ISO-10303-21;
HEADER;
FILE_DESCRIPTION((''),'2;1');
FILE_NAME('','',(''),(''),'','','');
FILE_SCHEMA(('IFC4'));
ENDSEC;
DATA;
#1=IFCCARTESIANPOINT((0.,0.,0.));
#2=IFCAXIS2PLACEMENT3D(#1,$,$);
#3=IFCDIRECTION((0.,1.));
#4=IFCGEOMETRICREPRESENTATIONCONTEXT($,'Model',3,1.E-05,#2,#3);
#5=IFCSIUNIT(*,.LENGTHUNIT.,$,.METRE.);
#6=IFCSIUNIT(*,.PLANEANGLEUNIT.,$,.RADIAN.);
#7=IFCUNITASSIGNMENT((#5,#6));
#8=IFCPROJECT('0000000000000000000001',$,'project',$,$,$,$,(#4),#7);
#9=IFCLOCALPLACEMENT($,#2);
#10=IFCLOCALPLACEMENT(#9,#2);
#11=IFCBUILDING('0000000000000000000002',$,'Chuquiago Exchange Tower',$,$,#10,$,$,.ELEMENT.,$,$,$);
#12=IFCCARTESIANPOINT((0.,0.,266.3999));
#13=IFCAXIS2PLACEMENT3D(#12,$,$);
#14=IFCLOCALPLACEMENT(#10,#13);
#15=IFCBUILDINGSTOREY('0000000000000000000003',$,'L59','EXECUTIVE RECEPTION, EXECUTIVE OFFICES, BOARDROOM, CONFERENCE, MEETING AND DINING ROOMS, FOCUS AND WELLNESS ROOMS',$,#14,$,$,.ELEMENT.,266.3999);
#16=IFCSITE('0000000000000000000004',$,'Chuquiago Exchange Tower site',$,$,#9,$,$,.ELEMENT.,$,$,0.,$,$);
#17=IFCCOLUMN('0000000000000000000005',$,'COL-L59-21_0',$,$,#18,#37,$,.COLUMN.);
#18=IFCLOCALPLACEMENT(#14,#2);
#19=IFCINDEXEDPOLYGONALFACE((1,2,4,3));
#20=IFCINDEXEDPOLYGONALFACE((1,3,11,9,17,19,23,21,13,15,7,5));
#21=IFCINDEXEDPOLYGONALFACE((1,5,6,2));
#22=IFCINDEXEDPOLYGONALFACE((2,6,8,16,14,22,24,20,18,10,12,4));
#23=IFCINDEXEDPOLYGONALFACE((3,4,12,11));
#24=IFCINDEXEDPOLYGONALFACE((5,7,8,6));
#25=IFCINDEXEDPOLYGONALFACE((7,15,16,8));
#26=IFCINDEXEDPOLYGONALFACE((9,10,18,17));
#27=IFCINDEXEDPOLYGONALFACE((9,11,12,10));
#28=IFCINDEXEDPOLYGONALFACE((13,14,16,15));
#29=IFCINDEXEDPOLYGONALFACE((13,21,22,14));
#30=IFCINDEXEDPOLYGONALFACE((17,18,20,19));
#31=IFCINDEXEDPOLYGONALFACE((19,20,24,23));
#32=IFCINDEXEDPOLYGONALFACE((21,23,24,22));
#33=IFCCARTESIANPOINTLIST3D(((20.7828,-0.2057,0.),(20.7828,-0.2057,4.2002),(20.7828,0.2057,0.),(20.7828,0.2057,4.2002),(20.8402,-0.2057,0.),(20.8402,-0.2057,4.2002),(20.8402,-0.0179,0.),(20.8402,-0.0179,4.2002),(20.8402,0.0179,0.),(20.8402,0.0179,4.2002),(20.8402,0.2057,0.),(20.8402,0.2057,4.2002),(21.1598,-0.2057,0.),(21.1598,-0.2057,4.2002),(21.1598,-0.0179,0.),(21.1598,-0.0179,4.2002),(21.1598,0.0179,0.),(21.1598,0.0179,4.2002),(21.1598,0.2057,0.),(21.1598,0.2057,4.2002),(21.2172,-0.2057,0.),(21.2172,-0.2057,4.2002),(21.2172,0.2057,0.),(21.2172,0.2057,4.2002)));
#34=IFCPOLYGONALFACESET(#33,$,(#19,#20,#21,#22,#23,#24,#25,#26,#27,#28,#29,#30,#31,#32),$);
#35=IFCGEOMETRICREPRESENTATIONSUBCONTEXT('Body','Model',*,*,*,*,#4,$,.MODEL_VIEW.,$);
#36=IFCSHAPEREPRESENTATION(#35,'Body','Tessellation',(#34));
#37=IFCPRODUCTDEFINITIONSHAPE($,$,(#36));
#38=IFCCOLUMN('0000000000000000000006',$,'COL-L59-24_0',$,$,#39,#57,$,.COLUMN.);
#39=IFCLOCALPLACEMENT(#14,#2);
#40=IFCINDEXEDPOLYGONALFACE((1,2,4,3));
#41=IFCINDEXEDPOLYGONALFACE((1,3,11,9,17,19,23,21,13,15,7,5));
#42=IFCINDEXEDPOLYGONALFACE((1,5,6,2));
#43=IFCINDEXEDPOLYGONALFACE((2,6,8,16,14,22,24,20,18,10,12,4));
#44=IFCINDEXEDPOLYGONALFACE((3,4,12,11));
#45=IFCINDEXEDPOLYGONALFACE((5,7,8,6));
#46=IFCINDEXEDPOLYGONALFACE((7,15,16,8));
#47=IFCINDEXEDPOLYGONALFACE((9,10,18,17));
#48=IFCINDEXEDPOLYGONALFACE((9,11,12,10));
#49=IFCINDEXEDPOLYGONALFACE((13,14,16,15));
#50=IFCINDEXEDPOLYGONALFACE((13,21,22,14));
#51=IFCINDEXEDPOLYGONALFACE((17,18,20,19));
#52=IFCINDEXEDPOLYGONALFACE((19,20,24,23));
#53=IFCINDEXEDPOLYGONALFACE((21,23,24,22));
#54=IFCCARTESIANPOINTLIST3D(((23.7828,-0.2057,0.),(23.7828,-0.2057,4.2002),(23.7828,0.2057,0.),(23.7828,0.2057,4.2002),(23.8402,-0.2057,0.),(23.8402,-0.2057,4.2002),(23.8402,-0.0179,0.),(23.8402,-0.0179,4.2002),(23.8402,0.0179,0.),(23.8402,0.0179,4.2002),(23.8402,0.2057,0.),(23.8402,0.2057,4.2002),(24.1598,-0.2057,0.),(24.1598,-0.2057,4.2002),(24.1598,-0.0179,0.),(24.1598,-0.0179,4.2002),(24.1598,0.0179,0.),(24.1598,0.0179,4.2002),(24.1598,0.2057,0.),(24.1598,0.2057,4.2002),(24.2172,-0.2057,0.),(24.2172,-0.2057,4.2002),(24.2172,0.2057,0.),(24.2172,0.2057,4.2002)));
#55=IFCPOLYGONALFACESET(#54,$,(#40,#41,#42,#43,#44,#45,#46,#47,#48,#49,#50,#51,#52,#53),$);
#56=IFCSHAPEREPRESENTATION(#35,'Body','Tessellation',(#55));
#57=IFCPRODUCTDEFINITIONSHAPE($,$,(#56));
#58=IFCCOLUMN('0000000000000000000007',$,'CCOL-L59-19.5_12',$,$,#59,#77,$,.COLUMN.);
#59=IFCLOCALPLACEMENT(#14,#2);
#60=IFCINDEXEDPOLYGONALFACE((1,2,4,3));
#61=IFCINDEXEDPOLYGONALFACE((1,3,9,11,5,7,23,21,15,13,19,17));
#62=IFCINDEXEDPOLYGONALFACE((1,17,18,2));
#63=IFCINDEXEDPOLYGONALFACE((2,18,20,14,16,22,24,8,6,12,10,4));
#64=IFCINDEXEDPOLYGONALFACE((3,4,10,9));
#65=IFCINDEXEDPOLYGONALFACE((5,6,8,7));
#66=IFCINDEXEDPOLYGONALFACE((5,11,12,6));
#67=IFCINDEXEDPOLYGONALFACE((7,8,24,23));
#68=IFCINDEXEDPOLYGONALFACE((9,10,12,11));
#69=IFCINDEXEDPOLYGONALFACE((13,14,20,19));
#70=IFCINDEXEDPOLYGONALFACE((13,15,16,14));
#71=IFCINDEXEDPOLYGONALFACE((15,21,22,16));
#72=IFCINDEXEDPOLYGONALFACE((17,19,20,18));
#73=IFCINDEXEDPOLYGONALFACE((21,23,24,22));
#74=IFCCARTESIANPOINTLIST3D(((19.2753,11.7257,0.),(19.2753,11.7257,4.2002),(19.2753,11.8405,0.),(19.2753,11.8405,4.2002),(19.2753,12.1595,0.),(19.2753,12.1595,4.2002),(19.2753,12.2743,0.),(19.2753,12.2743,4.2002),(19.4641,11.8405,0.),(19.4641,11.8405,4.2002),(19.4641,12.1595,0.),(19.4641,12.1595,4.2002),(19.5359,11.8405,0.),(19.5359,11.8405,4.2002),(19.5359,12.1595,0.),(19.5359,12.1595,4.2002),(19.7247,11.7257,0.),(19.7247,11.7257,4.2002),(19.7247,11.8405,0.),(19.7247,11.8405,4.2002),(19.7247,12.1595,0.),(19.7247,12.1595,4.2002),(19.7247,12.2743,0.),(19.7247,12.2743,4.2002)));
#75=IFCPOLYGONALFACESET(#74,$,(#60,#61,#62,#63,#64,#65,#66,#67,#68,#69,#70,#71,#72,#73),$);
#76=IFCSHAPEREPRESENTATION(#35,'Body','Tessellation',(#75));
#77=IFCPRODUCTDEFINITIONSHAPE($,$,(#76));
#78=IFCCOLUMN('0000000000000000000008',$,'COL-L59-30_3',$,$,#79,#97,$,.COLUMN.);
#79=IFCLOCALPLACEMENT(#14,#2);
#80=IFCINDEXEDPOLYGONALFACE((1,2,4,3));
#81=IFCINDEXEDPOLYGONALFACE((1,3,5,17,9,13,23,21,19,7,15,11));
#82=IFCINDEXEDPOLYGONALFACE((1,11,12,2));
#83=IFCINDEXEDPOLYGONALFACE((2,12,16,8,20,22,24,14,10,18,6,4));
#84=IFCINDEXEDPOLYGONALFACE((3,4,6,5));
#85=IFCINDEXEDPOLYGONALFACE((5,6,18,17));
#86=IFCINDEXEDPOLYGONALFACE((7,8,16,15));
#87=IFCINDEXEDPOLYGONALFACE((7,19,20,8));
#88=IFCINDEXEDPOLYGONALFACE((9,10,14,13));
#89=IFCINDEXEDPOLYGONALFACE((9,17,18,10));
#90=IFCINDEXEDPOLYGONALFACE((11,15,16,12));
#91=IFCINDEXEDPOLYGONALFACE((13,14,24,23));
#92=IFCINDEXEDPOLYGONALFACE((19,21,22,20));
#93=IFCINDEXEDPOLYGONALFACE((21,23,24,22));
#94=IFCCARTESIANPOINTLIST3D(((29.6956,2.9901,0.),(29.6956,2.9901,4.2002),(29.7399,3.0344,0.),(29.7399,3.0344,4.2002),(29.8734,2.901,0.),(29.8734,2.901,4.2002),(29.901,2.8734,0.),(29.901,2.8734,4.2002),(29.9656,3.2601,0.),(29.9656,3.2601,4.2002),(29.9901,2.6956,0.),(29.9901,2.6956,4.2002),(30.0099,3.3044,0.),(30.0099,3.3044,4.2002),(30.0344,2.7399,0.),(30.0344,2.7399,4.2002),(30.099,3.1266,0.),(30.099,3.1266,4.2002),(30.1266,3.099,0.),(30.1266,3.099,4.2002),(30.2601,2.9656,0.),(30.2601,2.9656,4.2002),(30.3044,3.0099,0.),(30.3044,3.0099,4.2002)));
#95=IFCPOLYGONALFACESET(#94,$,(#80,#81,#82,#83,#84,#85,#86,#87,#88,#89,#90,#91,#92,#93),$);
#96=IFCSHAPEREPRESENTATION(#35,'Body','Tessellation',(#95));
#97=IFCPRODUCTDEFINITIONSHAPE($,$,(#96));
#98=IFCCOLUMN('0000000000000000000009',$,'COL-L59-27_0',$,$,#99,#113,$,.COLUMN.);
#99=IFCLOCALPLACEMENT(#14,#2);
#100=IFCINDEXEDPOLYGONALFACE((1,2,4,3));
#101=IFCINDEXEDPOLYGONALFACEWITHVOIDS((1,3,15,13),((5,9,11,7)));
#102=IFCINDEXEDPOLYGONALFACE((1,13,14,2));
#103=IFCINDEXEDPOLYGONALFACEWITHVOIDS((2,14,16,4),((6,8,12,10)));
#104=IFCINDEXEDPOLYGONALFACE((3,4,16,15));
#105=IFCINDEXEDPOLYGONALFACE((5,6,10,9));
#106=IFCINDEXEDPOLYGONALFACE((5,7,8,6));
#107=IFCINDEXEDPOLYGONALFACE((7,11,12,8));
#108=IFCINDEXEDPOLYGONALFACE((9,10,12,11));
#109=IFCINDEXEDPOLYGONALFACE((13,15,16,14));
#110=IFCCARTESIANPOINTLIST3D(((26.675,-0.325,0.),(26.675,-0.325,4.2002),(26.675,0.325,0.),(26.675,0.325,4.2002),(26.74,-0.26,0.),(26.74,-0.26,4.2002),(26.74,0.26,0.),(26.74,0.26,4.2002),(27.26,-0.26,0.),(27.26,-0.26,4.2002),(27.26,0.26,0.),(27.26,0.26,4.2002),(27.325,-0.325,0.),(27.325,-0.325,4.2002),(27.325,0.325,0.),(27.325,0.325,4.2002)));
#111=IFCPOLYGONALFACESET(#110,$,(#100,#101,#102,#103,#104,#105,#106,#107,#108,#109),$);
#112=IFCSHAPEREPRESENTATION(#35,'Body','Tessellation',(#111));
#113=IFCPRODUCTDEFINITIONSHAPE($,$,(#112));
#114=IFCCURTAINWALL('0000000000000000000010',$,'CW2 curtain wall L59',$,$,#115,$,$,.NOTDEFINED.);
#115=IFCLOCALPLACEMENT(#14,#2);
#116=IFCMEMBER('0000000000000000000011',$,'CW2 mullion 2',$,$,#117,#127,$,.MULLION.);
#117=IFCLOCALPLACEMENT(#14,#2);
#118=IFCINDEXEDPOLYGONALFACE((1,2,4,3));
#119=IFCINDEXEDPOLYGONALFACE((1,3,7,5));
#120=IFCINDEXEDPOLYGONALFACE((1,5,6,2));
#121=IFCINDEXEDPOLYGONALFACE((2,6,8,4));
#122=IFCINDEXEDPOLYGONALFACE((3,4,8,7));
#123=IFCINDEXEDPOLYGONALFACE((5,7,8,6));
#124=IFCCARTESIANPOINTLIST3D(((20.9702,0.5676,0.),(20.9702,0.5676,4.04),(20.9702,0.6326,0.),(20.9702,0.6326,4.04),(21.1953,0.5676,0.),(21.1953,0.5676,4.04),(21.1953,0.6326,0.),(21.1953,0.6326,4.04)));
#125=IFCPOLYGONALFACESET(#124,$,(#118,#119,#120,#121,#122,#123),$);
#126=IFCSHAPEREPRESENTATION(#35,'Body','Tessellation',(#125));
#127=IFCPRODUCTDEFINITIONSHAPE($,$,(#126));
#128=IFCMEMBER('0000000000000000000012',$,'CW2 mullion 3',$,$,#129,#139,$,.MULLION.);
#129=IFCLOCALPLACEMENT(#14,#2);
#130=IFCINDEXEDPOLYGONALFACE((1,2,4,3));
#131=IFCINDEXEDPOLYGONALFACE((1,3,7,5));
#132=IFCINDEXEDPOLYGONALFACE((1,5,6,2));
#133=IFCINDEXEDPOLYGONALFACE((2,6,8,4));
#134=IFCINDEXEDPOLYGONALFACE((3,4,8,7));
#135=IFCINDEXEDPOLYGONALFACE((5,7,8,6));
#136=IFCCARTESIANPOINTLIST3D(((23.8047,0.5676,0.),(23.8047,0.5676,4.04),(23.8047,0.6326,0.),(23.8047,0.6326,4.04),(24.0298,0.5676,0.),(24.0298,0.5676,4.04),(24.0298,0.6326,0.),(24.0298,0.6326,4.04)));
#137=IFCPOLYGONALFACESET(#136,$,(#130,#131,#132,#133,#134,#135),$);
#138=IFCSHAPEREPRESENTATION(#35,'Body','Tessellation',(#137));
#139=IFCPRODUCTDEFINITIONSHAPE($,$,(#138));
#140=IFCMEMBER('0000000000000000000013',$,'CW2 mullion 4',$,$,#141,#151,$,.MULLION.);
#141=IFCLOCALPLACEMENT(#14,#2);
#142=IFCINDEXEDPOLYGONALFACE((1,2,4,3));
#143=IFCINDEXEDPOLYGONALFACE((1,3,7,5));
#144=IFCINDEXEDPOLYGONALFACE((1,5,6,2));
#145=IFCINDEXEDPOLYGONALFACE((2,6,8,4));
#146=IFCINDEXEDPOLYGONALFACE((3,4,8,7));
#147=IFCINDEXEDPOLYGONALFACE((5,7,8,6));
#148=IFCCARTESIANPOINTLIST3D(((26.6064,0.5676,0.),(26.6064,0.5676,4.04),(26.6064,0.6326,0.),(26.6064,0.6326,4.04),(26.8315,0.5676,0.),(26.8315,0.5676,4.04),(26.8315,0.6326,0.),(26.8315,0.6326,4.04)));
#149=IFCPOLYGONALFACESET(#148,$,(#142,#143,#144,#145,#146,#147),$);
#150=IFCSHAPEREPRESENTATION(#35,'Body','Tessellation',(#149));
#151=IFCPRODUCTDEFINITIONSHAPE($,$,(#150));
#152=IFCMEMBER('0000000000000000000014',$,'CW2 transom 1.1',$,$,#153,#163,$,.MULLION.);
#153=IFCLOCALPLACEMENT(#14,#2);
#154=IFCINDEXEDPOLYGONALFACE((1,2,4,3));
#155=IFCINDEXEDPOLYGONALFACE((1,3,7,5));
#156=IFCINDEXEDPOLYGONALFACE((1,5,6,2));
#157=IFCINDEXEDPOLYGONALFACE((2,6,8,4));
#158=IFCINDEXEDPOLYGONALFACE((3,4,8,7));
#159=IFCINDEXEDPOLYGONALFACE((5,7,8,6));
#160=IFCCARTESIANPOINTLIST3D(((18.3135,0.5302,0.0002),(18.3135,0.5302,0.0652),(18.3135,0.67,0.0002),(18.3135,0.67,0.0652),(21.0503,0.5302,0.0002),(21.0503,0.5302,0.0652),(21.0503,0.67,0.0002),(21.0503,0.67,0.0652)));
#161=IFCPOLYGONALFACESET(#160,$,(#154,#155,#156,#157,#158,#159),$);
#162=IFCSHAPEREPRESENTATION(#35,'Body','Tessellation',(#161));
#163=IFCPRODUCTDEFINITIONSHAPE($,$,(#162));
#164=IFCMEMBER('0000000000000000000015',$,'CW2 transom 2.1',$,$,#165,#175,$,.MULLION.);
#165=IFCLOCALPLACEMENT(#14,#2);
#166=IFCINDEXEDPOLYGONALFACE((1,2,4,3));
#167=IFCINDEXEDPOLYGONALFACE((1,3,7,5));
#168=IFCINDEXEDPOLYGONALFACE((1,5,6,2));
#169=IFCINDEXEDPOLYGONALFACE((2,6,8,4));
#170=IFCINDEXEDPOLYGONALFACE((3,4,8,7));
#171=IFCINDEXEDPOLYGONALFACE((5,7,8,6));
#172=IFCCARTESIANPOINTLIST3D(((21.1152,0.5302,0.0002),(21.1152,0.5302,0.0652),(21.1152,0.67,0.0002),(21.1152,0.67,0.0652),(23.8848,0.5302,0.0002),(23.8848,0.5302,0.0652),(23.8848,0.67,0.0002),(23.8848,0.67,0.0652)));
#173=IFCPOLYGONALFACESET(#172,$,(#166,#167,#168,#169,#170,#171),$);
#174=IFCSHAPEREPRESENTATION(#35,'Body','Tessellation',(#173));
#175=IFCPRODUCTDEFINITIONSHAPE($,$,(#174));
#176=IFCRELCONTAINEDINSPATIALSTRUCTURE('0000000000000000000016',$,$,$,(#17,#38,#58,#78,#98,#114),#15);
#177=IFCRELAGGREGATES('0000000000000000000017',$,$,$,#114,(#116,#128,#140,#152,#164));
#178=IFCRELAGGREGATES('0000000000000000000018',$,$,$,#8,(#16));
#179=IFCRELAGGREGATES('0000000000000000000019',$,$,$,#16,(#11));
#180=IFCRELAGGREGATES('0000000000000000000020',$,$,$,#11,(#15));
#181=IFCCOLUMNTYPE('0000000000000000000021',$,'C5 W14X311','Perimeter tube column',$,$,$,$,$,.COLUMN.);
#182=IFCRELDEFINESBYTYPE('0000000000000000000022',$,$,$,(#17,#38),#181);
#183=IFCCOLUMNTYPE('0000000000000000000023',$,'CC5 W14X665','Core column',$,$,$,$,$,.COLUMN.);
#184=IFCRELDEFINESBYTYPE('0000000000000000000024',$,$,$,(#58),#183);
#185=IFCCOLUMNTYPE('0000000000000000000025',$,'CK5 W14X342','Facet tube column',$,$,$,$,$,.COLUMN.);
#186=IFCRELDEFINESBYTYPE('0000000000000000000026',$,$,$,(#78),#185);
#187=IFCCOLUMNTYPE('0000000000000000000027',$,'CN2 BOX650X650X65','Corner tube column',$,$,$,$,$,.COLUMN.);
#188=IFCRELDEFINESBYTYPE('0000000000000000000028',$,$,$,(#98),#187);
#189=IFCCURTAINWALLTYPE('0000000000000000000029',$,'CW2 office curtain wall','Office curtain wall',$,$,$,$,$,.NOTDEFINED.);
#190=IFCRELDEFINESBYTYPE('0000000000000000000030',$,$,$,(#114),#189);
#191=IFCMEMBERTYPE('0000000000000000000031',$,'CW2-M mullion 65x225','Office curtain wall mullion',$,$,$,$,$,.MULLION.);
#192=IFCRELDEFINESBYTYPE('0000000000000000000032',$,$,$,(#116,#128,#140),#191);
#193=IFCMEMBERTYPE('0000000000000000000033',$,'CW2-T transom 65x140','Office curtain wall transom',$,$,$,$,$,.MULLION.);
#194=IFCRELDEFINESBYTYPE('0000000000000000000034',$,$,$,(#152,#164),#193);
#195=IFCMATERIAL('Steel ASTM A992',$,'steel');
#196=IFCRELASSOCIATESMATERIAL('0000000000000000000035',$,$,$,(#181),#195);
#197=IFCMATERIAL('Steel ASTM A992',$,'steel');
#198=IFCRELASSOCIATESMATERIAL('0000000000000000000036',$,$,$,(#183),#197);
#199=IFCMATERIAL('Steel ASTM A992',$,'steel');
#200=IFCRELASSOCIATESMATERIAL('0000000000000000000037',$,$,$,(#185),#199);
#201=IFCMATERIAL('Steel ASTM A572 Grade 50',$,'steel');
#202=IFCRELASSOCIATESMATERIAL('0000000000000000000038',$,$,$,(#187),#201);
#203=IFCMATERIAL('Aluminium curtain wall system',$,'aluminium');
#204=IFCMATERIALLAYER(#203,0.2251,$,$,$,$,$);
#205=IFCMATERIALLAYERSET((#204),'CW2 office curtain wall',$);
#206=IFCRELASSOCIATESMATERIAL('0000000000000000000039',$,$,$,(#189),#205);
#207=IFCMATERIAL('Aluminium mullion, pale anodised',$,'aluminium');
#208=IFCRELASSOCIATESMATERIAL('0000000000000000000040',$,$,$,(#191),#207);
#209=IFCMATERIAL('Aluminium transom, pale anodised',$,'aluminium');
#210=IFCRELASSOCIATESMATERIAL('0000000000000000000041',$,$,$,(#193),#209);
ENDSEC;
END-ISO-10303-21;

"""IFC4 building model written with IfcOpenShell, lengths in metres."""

from ifc_helpers import new_model, si_unit, direction, frame, origin, origin_2d, place, context, subcontext, project, spatial, rectangle, hollow_rectangle, i_section, extrude, material, layer, layer_set, material_profile, profile_set, type_object, element, aggregate, save


model = new_model("IFC4")

# Units and contexts
model_context = context("Model", 3, precision=1e-05, world=origin(), true_north=direction((0.0, 1.0)))
body_context = subcontext(model_context, "Body", "Model", "MODEL_VIEW")
ifc_project = project(units=[si_unit("LENGTHUNIT", "METRE"), si_unit("PLANEANGLEUNIT", "RADIAN")], contexts=[model_context])

# Site, building, storey
site_placement = place(None, origin())
site = spatial("IfcSite", under=ifc_project, at=site_placement, Name="Chuquiago Exchange Tower site", CompositionType="ELEMENT", RefElevation=0.0)
building_placement = place(site_placement, origin())
building = spatial("IfcBuilding", under=site, at=building_placement, Name="Chuquiago Exchange Tower", CompositionType="ELEMENT")
storey_placement = place(building_placement, frame((0.0, 0.0, 266.3999)))
storey = spatial("IfcBuildingStorey", under=building, at=storey_placement, Name="L59", Description="EXECUTIVE RECEPTION, EXECUTIVE OFFICES, BOARDROOM, CONFERENCE, MEETING AND DINING ROOMS, FOCUS AND WELLNESS ROOMS", CompositionType="ELEMENT", Elevation=266.3999)

# Columns
ifc_material_1 = material(Name="Steel ASTM A992", Category="steel")
ifc_material_profile_1 = material_profile(ifc_material_1, i_section(OverallWidth=0.4114, OverallDepth=0.4343, WebThickness=0.0359, FlangeThickness=0.0574, at=origin_2d()), Name="W14X311")
ifc_profile_set_1 = profile_set([ifc_material_profile_1], Name="Steel ASTM A992")
column_type_1 = type_object("IfcColumnType", Name="C5 W14X311", Description="Perimeter tube column", PredefinedType="COLUMN", material=ifc_profile_set_1)
for number, where, z_axis, x_axis, name in (
    (1, (21.0, 0.0, 0.0), (0.0, 0.0, 1.0), (0.0, -1.0, 0.0), "COL-L59-21_0"),
    (2, (24.0, 0.0, 0.0), (0.0, 0.0, 1.0), (0.0, -1.0, 0.0), "COL-L59-24_0"),
):
    element("IfcColumn", number, at=place(storey_placement, frame(where, z_axis=z_axis, x_axis=x_axis)), inside=storey, type_object=column_type_1, Name=name, PredefinedType="COLUMN", context=body_context, shape_type="SweptSolid", body=[
        extrude(i_section(OverallWidth=0.4114, OverallDepth=0.4343, WebThickness=0.0359, FlangeThickness=0.0574, at=origin_2d()), origin(), (0.0, 0.0, 1.0), 4.2002),
    ])
ifc_material_2 = material(Name="Steel ASTM A992", Category="steel")
ifc_material_profile_2 = material_profile(ifc_material_2, i_section(OverallWidth=0.4495, OverallDepth=0.5486, WebThickness=0.0718, FlangeThickness=0.1147, at=origin_2d()), Name="W14X665")
ifc_profile_set_2 = profile_set([ifc_material_profile_2], Name="Steel ASTM A992")
column_type_2 = type_object("IfcColumnType", Name="CC5 W14X665", Description="Core column", PredefinedType="COLUMN", material=ifc_profile_set_2)
column_1_placement = place(storey_placement, frame((19.5, 12.0, 0.0), z_axis=(0.0, 0.0, 1.0), x_axis=(1.0, 0.0, 0.0)))
element("IfcColumn", 3, at=column_1_placement, inside=storey, type_object=column_type_2, Name="CCOL-L59-19.5_12", PredefinedType="COLUMN", context=body_context, shape_type="SweptSolid", body=[
    extrude(i_section(OverallWidth=0.4495, OverallDepth=0.5486, WebThickness=0.0718, FlangeThickness=0.1147, at=origin_2d()), origin(), (0.0, 0.0, 1.0), 4.2002),
])
ifc_material_3 = material(Name="Steel ASTM A992", Category="steel")
ifc_material_profile_3 = material_profile(ifc_material_3, i_section(OverallWidth=0.4165, OverallDepth=0.4446, WebThickness=0.0391, FlangeThickness=0.0627, at=origin_2d()), Name="W14X342")
ifc_profile_set_3 = profile_set([ifc_material_profile_3], Name="Steel ASTM A992")
column_type_3 = type_object("IfcColumnType", Name="CK5 W14X342", Description="Facet tube column", PredefinedType="COLUMN", material=ifc_profile_set_3)
column_2_placement = place(storey_placement, frame((30.0, 3.0, 0.0), z_axis=(0.0, 0.0, 1.0), x_axis=(0.707107, -0.707107, 0.0)))
element("IfcColumn", 4, at=column_2_placement, inside=storey, type_object=column_type_3, Name="COL-L59-30_3", PredefinedType="COLUMN", context=body_context, shape_type="SweptSolid", body=[
    extrude(i_section(OverallWidth=0.4165, OverallDepth=0.4446, WebThickness=0.0391, FlangeThickness=0.0627, at=origin_2d()), origin(), (0.0, 0.0, 1.0), 4.2002),
])
ifc_material_4 = material(Name="Steel ASTM A572 Grade 50", Category="steel")
ifc_material_profile_4 = material_profile(ifc_material_4, hollow_rectangle(XDim=0.6499, YDim=0.6499, WallThickness=0.0649, at=origin_2d()), Name="BOX650X650X65")
ifc_profile_set_4 = profile_set([ifc_material_profile_4], Name="Steel ASTM A572 Grade 50")
column_type_4 = type_object("IfcColumnType", Name="CN2 BOX650X650X65", Description="Corner tube column", PredefinedType="COLUMN", material=ifc_profile_set_4)
column_3_placement = place(storey_placement, frame((27.0, 0.0, 0.0), z_axis=(0.0, 0.0, 1.0), x_axis=(0.0, -1.0, 0.0)))
element("IfcColumn", 5, at=column_3_placement, inside=storey, type_object=column_type_4, Name="COL-L59-27_0", PredefinedType="COLUMN", context=body_context, shape_type="SweptSolid", body=[
    extrude(hollow_rectangle(XDim=0.6499, YDim=0.6499, WallThickness=0.0649, at=origin_2d()), origin(), (0.0, 0.0, 1.0), 4.2002),
])

# Curtain wall, members
ifc_material_5 = material(Name="Aluminium curtain wall system", Category="aluminium")
ifc_layer_1 = layer(ifc_material_5, 0.2251)
ifc_layer_set_1 = layer_set([ifc_layer_1], Name="CW2 office curtain wall")
curtain_wall_type_1 = type_object("IfcCurtainWallType", Name="CW2 office curtain wall", Description="Office curtain wall", PredefinedType="NOTDEFINED", material=ifc_layer_set_1)
curtain_wall_1_placement = place(storey_placement, origin())
curtain_wall_1 = element("IfcCurtainWall", 6, at=curtain_wall_1_placement, inside=storey, type_object=curtain_wall_type_1, Name="CW2 curtain wall L59", PredefinedType="NOTDEFINED")
ifc_material_6 = material(Name="Aluminium mullion, pale anodised", Category="aluminium")
ifc_material_profile_5 = material_profile(ifc_material_6, rectangle(XDim=0.0649, YDim=0.2251, at=origin_2d()), Name="AL 65x225")
ifc_profile_set_5 = profile_set([ifc_material_profile_5], Name="Aluminium mullion, pale anodised")
member_type_1 = type_object("IfcMemberType", Name="CW2-M mullion 65x225", Description="Office curtain wall mullion", PredefinedType="MULLION", material=ifc_profile_set_5)
member_1_placement = place(storey_placement, frame((21.0828, 0.6001, 0.0), z_axis=(0.0, 0.0, 1.0), x_axis=(0.0, 1.0, 0.0)))
member_1 = element("IfcMember", 7, at=member_1_placement, type_object=member_type_1, Name="CW2 mullion 2", PredefinedType="MULLION", context=body_context, shape_type="SweptSolid", body=[
    extrude(rectangle(XDim=0.0649, YDim=0.2251, at=origin_2d()), origin(), (0.0, 0.0, 1.0), 4.04),
])
member_2_placement = place(storey_placement, frame((23.9172, 0.6001, 0.0), z_axis=(0.0, 0.0, 1.0), x_axis=(0.0, 1.0, 0.0)))
member_2 = element("IfcMember", 8, at=member_2_placement, type_object=member_type_1, Name="CW2 mullion 3", PredefinedType="MULLION", context=body_context, shape_type="SweptSolid", body=[
    extrude(rectangle(XDim=0.0649, YDim=0.2251, at=origin_2d()), origin(), (0.0, 0.0, 1.0), 4.04),
])
member_3_placement = place(storey_placement, frame((26.719, 0.6001, 0.0), z_axis=(0.0, 0.0, 1.0), x_axis=(0.0, 1.0, 0.0)))
member_3 = element("IfcMember", 9, at=member_3_placement, type_object=member_type_1, Name="CW2 mullion 4", PredefinedType="MULLION", context=body_context, shape_type="SweptSolid", body=[
    extrude(rectangle(XDim=0.0649, YDim=0.2251, at=origin_2d()), origin(), (0.0, 0.0, 1.0), 4.04),
])
ifc_material_7 = material(Name="Aluminium transom, pale anodised", Category="aluminium")
ifc_material_profile_6 = material_profile(ifc_material_7, rectangle(XDim=0.1399, YDim=0.0649, at=origin_2d()), Name="AL 140x65")
ifc_profile_set_6 = profile_set([ifc_material_profile_6], Name="Aluminium transom, pale anodised")
member_type_2 = type_object("IfcMemberType", Name="CW2-T transom 65x140", Description="Office curtain wall transom", PredefinedType="MULLION", material=ifc_profile_set_6)
member_4_placement = place(storey_placement, frame((18.3135, 0.6001, 0.0327), z_axis=(1.0, 0.0, 0.0), x_axis=(0.0, 1.0, 0.0)))
member_4 = element("IfcMember", 10, at=member_4_placement, type_object=member_type_2, Name="CW2 transom 1.1", PredefinedType="MULLION", context=body_context, shape_type="SweptSolid", body=[
    extrude(rectangle(XDim=0.1399, YDim=0.0649, at=origin_2d()), origin(), (0.0, 0.0, 1.0), 2.7368),
])
member_5_placement = place(storey_placement, frame((21.1152, 0.6001, 0.0327), z_axis=(1.0, 0.0, 0.0), x_axis=(0.0, 1.0, 0.0)))
member_5 = element("IfcMember", 11, at=member_5_placement, type_object=member_type_2, Name="CW2 transom 2.1", PredefinedType="MULLION", context=body_context, shape_type="SweptSolid", body=[
    extrude(rectangle(XDim=0.1399, YDim=0.0649, at=origin_2d()), origin(), (0.0, 0.0, 1.0), 2.7695),
])

aggregate(curtain_wall_1, [member_1, member_2, member_3, member_4, member_5])

save(model, "model.ifc")
